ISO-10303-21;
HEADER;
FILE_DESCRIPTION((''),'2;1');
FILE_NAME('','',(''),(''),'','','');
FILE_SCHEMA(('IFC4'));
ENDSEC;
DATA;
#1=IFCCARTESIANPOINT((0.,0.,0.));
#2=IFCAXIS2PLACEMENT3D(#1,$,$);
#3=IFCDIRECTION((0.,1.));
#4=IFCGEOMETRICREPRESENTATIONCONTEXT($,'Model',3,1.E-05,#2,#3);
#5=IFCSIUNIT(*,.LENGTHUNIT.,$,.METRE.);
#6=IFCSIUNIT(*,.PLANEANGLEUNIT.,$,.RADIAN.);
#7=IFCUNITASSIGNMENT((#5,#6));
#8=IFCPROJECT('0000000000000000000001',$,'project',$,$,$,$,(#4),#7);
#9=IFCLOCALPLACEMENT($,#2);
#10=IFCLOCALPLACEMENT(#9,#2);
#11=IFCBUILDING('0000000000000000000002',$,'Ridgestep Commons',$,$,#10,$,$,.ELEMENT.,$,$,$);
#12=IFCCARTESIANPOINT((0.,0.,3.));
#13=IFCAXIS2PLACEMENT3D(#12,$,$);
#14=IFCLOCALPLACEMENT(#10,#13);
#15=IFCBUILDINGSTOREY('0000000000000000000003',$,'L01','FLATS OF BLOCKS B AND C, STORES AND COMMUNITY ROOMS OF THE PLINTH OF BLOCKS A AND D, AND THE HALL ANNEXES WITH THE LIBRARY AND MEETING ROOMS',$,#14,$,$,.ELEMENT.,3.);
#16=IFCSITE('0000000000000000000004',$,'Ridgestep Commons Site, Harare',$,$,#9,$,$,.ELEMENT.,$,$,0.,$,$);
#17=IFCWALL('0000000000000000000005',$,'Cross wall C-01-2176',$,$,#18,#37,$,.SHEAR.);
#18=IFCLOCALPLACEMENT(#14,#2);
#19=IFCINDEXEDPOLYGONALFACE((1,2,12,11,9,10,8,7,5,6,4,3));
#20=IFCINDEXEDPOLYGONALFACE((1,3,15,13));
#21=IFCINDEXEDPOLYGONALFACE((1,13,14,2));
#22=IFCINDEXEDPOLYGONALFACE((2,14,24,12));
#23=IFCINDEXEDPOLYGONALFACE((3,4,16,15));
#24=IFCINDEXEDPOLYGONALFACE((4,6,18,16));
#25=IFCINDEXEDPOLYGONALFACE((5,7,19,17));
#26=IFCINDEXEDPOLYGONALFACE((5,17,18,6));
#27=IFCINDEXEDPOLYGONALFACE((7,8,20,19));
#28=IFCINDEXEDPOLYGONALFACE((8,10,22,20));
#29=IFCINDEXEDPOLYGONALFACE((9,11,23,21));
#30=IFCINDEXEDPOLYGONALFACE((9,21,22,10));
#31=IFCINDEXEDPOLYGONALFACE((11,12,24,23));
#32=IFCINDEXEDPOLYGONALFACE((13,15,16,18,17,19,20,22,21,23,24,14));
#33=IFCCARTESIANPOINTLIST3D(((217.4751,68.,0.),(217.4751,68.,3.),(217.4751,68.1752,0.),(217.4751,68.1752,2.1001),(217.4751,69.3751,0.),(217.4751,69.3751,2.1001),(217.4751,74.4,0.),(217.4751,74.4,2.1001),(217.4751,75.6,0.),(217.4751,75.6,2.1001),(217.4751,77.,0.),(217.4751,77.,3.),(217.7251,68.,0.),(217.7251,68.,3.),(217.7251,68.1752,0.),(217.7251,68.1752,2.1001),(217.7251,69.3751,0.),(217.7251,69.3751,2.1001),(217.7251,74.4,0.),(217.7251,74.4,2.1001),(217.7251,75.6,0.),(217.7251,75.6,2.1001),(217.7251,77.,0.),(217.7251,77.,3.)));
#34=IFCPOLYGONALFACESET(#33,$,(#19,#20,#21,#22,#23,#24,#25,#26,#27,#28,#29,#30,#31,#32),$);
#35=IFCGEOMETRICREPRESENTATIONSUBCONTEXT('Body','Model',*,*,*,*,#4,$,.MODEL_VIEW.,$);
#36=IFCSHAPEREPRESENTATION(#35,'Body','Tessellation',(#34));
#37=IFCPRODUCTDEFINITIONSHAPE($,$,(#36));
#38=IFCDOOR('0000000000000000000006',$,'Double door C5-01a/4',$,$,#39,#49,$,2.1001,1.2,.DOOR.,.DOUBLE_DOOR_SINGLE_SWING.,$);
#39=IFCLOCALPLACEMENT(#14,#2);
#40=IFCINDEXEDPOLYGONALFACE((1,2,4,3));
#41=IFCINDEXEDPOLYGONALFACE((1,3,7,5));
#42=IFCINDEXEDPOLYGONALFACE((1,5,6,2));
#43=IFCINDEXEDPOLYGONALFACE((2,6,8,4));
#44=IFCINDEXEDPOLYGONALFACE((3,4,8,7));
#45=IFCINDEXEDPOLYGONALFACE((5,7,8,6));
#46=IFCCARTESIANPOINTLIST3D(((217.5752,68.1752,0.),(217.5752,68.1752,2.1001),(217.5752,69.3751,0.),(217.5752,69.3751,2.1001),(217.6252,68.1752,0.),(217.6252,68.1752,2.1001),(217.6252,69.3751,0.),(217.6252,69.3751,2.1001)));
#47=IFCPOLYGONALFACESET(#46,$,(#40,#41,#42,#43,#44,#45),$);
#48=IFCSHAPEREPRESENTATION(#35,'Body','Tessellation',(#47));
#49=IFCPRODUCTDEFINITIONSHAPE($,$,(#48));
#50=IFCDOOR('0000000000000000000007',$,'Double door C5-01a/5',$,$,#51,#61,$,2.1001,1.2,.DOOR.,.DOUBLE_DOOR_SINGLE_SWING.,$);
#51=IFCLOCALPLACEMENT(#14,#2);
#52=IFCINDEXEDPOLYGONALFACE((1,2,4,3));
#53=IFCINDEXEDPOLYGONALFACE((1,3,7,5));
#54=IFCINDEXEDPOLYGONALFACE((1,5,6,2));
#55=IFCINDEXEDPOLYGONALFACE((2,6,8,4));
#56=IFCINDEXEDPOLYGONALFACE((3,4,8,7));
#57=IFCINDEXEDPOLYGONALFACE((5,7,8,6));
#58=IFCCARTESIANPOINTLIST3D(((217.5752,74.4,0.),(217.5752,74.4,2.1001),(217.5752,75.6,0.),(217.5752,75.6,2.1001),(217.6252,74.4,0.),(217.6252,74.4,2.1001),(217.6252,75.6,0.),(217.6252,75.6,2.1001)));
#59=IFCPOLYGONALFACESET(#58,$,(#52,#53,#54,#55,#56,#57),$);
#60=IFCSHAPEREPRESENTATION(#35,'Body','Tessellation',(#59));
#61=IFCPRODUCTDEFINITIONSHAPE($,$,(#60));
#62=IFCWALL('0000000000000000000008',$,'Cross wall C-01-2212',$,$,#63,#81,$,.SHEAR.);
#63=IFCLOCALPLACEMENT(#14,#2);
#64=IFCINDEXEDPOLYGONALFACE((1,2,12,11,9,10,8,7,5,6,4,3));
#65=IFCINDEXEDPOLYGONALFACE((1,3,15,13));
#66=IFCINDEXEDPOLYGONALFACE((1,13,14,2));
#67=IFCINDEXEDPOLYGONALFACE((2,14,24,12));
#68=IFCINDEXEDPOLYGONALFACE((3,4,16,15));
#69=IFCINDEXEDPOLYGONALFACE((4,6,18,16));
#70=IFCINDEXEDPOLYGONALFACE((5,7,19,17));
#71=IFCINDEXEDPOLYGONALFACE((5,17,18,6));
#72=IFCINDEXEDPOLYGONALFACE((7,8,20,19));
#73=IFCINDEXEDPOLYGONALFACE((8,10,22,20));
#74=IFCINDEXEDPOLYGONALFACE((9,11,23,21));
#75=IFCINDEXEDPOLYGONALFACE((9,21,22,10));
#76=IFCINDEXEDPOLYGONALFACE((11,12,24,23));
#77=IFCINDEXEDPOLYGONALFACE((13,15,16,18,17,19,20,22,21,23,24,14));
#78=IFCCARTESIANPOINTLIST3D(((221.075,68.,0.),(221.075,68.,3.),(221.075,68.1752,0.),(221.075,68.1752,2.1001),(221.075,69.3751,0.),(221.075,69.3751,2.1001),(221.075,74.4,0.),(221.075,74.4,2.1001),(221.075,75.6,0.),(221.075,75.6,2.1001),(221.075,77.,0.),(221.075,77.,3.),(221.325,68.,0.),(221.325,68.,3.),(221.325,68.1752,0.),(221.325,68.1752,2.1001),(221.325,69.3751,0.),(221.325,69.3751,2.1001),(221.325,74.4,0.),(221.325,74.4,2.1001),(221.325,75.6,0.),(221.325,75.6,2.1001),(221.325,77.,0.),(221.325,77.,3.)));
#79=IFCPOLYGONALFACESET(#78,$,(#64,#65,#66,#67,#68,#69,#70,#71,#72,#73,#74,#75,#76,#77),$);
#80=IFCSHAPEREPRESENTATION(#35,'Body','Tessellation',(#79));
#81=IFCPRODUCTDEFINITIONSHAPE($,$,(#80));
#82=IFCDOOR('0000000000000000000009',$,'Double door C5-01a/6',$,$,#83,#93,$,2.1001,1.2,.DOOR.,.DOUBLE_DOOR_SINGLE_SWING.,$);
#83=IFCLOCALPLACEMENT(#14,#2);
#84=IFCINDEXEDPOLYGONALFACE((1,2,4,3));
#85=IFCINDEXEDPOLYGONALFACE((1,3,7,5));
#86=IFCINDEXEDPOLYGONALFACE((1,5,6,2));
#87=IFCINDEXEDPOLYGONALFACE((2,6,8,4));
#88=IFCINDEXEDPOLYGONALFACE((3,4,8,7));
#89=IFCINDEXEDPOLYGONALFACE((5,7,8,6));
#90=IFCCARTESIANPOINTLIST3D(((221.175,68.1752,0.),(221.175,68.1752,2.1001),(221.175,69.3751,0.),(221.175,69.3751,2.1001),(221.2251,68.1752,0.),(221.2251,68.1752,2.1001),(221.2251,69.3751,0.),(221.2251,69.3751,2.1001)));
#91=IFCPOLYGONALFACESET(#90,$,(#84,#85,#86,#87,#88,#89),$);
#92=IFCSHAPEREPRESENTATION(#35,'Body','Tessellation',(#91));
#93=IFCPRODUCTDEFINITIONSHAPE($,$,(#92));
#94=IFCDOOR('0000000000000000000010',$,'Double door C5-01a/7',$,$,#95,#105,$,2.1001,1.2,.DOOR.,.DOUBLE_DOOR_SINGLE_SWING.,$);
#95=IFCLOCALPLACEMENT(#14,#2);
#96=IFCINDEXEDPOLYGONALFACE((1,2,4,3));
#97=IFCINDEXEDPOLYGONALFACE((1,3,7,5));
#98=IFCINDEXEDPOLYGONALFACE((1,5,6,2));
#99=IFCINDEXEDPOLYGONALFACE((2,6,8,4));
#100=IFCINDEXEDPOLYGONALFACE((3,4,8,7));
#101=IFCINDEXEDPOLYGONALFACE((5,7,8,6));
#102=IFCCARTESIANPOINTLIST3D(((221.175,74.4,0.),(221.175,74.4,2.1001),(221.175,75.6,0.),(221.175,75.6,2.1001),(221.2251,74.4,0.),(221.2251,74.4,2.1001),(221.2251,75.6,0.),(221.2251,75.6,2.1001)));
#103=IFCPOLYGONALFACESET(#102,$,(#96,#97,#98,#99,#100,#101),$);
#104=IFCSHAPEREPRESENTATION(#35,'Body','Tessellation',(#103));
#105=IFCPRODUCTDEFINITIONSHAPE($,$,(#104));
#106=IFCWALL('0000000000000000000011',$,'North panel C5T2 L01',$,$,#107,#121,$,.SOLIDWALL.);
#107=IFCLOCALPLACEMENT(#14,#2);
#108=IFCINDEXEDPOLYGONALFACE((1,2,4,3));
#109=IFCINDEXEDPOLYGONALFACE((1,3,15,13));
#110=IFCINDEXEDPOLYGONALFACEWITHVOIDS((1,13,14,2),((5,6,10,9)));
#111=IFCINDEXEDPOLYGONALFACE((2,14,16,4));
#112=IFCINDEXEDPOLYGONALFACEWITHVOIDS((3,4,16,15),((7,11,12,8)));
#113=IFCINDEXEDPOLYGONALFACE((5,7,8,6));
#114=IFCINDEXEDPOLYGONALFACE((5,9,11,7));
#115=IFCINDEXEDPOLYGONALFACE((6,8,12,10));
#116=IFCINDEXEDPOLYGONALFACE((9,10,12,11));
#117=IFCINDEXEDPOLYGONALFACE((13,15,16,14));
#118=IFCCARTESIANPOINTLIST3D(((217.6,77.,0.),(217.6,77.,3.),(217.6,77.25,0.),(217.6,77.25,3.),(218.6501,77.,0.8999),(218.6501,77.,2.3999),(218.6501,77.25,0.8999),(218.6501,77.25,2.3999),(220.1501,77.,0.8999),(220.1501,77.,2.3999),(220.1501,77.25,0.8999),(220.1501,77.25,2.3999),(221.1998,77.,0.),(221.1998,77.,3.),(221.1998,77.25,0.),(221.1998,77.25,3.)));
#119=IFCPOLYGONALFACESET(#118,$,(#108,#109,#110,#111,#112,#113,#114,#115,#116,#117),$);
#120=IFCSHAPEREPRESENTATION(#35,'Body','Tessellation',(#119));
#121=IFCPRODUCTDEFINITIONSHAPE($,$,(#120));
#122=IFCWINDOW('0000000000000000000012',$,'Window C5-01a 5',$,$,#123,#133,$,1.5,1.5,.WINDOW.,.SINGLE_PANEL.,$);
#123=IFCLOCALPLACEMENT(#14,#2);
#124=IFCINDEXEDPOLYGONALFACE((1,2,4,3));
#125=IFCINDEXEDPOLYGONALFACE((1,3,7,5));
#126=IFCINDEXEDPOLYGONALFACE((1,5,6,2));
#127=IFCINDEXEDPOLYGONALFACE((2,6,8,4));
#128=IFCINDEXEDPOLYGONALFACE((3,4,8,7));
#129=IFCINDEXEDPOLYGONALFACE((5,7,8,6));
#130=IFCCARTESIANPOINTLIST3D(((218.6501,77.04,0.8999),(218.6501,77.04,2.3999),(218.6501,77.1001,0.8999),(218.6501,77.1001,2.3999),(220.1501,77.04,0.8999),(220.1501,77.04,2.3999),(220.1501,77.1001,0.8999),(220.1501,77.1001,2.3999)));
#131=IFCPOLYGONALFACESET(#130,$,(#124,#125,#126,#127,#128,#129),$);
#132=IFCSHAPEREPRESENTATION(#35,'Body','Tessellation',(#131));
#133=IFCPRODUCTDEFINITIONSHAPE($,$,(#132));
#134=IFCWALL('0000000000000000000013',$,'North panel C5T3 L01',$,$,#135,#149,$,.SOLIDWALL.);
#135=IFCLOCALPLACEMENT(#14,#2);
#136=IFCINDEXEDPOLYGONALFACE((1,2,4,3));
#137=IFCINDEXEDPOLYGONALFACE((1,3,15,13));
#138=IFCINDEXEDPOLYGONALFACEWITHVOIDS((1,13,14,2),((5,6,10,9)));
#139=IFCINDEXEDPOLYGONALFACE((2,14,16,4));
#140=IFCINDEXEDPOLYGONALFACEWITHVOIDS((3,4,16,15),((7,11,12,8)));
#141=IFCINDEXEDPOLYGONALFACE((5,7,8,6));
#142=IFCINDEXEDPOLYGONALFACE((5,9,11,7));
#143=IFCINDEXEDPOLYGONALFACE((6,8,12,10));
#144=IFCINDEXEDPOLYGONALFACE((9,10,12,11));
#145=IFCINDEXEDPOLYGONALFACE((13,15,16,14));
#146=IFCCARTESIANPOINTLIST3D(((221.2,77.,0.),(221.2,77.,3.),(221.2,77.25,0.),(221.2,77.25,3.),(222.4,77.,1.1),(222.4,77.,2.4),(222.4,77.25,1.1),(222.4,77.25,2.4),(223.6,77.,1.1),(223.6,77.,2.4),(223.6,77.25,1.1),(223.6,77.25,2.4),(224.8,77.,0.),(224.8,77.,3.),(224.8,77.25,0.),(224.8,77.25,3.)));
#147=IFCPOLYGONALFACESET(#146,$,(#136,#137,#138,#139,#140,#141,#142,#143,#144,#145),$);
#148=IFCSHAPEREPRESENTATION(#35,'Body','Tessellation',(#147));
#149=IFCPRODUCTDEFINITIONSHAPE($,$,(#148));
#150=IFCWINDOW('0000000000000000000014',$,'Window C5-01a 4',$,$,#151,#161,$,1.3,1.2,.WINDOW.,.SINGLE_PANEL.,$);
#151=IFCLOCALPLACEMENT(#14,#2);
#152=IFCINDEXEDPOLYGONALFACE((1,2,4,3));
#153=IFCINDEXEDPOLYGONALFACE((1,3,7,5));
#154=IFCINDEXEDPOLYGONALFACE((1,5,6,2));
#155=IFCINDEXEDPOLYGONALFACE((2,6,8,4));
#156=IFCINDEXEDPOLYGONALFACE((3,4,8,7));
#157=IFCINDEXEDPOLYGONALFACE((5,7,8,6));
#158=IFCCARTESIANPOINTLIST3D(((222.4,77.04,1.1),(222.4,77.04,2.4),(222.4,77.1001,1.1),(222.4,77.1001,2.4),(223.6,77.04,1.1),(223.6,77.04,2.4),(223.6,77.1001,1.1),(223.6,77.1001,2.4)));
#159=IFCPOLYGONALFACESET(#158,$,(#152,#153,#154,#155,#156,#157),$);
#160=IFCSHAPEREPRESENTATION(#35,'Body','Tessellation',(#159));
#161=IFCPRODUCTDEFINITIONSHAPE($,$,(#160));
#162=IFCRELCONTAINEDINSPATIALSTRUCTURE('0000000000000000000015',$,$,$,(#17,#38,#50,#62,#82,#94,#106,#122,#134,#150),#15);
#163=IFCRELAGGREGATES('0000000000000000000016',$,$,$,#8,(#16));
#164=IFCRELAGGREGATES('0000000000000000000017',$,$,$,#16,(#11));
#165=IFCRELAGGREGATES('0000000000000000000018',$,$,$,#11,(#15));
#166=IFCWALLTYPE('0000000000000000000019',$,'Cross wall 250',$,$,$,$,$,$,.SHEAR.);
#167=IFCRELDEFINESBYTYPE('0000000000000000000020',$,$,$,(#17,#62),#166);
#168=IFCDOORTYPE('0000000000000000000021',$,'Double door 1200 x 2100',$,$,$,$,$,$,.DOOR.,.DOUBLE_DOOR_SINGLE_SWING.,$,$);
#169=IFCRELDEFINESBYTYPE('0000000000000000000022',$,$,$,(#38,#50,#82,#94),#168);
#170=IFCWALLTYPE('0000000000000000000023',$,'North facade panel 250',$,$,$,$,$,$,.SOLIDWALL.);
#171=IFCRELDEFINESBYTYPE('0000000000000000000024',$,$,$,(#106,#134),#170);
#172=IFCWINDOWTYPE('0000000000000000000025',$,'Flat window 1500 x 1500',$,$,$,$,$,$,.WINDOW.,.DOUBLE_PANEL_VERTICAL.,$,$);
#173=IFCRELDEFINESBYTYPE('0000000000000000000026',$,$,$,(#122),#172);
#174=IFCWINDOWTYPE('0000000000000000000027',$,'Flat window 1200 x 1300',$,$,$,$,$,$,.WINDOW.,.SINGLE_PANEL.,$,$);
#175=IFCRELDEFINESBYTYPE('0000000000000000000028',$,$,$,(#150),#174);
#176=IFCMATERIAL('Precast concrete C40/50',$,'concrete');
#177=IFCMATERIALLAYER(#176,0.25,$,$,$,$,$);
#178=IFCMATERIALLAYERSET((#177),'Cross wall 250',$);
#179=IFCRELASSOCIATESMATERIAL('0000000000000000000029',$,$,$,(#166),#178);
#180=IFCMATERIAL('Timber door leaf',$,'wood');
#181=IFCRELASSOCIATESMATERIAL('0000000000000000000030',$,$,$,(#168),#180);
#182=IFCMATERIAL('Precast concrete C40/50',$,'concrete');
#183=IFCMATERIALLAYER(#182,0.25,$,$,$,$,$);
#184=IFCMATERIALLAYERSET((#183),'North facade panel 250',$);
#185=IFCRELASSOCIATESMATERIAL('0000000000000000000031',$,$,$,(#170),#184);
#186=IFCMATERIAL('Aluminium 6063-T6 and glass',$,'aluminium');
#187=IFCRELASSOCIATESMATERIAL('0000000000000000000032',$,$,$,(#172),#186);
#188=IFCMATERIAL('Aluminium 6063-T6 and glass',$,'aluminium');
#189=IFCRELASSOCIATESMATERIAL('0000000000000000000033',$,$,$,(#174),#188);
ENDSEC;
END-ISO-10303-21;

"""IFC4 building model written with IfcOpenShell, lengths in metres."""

from ifc_helpers import new_model, si_unit, direction, frame, frame_2d, origin, place, context, subcontext, project, spatial, rectangle, extrude, material, layer, layer_set, type_object, element, fill, save


model = new_model("IFC4")

# Units and contexts
model_context = context("Model", 3, precision=1e-05, world=origin(), true_north=direction((0.0, 1.0)))
body_context = subcontext(model_context, "Body", "Model", "MODEL_VIEW")
ifc_project = project(units=[si_unit("LENGTHUNIT", "METRE"), si_unit("PLANEANGLEUNIT", "RADIAN")], contexts=[model_context])

# Site, building, storey
site_placement = place(None, origin())
site = spatial("IfcSite", under=ifc_project, at=site_placement, Name="Ridgestep Commons Site, Harare", CompositionType="ELEMENT", RefElevation=0.0)
building_placement = place(site_placement, origin())
building = spatial("IfcBuilding", under=site, at=building_placement, Name="Ridgestep Commons", CompositionType="ELEMENT")
storey_placement = place(building_placement, frame((0.0, 0.0, 3.0)))
storey = spatial("IfcBuildingStorey", under=building, at=storey_placement, Name="L01", Description="FLATS OF BLOCKS B AND C, STORES AND COMMUNITY ROOMS OF THE PLINTH OF BLOCKS A AND D, AND THE HALL ANNEXES WITH THE LIBRARY AND MEETING ROOMS", CompositionType="ELEMENT", Elevation=3.0)

# Walls, openings, doors
ifc_material_1 = material(Name="Precast concrete C40/50", Category="concrete")
ifc_layer_1 = layer(ifc_material_1, 0.25)
ifc_layer_set_1 = layer_set([ifc_layer_1], Name="Cross wall 250")
wall_type_1 = type_object("IfcWallType", Name="Cross wall 250", PredefinedType="SHEAR", material=ifc_layer_set_1)
wall_1_placement = place(storey_placement, frame((217.6001, 68.0, 0.0), z_axis=(0.0, 0.0, 1.0), x_axis=(0.0, 1.0, 0.0)))
wall_1 = element("IfcWall", 1, at=wall_1_placement, inside=storey, type_object=wall_type_1, Name="Cross wall C-01-2176", PredefinedType="SHEAR", context=body_context, shape_type="SweptSolid", body=[
    extrude(rectangle(XDim=9.0, YDim=0.25, at=frame_2d((4.5, 0.0))), origin(), (0.0, 0.0, 1.0), 3.0),
])
opening_1_placement = place(wall_1_placement, frame((0.175, 0.0, 0.0)))
opening_1 = element("IfcOpeningElement", 2, at=opening_1_placement, cuts=wall_1, PredefinedType="OPENING", context=body_context, shape_type="SweptSolid", body=[
    extrude(rectangle(XDim=1.2, YDim=2.1001, at=frame_2d((0.6001, 1.05))), frame((0.0, 0.135, 0.0), z_axis=(0.0, -1.0, 0.0), x_axis=(1.0, 0.0, 0.0)), (0.0, 0.0, 1.0), 0.27),
])
opening_2_placement = place(wall_1_placement, frame((6.3999, 0.0, 0.0)))
opening_2 = element("IfcOpeningElement", 3, at=opening_2_placement, cuts=wall_1, PredefinedType="OPENING", context=body_context, shape_type="SweptSolid", body=[
    extrude(rectangle(XDim=1.2, YDim=2.1001, at=frame_2d((0.6001, 1.05))), frame((0.0, 0.135, 0.0), z_axis=(0.0, -1.0, 0.0), x_axis=(1.0, 0.0, 0.0)), (0.0, 0.0, 1.0), 0.27),
])
ifc_material_2 = material(Name="Timber door leaf", Category="wood")
door_type_1 = type_object("IfcDoorType", Name="Double door 1200 x 2100", OperationType="DOUBLE_DOOR_SINGLE_SWING", PredefinedType="DOOR", material=ifc_material_2)
door_1_placement = place(opening_1_placement, origin())
door_1 = element("IfcDoor", 4, at=door_1_placement, inside=storey, type_object=door_type_1, Name="Double door C5-01a/4", OperationType="DOUBLE_DOOR_SINGLE_SWING", OverallHeight=2.1001, OverallWidth=1.2, PredefinedType="DOOR", context=body_context, shape_type="SweptSolid", body=[
    extrude(rectangle(XDim=1.2, YDim=2.1001, at=frame_2d((0.6001, 1.05))), frame((0.0, 0.0249, 0.0), z_axis=(0.0, -1.0, 0.0), x_axis=(1.0, 0.0, 0.0)), (0.0, 0.0, 1.0), 0.05),
])
fill(opening_1, door_1)
door_2_placement = place(opening_2_placement, origin())
door_2 = element("IfcDoor", 5, at=door_2_placement, inside=storey, type_object=door_type_1, Name="Double door C5-01a/5", OperationType="DOUBLE_DOOR_SINGLE_SWING", OverallHeight=2.1001, OverallWidth=1.2, PredefinedType="DOOR", context=body_context, shape_type="SweptSolid", body=[
    extrude(rectangle(XDim=1.2, YDim=2.1001, at=frame_2d((0.6001, 1.05))), frame((0.0, 0.0249, 0.0), z_axis=(0.0, -1.0, 0.0), x_axis=(1.0, 0.0, 0.0)), (0.0, 0.0, 1.0), 0.05),
])
fill(opening_2, door_2)
wall_2_placement = place(storey_placement, frame((221.2, 68.0, 0.0), z_axis=(0.0, 0.0, 1.0), x_axis=(0.0, 1.0, 0.0)))
wall_2 = element("IfcWall", 6, at=wall_2_placement, inside=storey, type_object=wall_type_1, Name="Cross wall C-01-2212", PredefinedType="SHEAR", context=body_context, shape_type="SweptSolid", body=[
    extrude(rectangle(XDim=9.0, YDim=0.25, at=frame_2d((4.5, 0.0))), origin(), (0.0, 0.0, 1.0), 3.0),
])
opening_3_placement = place(wall_2_placement, frame((0.175, 0.0, 0.0)))
opening_3 = element("IfcOpeningElement", 7, at=opening_3_placement, cuts=wall_2, PredefinedType="OPENING", context=body_context, shape_type="SweptSolid", body=[
    extrude(rectangle(XDim=1.2, YDim=2.1001, at=frame_2d((0.6001, 1.05))), frame((0.0, 0.135, 0.0), z_axis=(0.0, -1.0, 0.0), x_axis=(1.0, 0.0, 0.0)), (0.0, 0.0, 1.0), 0.27),
])
opening_4_placement = place(wall_2_placement, frame((6.3999, 0.0, 0.0)))
opening_4 = element("IfcOpeningElement", 8, at=opening_4_placement, cuts=wall_2, PredefinedType="OPENING", context=body_context, shape_type="SweptSolid", body=[
    extrude(rectangle(XDim=1.2, YDim=2.1001, at=frame_2d((0.6001, 1.05))), frame((0.0, 0.135, 0.0), z_axis=(0.0, -1.0, 0.0), x_axis=(1.0, 0.0, 0.0)), (0.0, 0.0, 1.0), 0.27),
])
door_3_placement = place(opening_3_placement, origin())
door_3 = element("IfcDoor", 9, at=door_3_placement, inside=storey, type_object=door_type_1, Name="Double door C5-01a/6", OperationType="DOUBLE_DOOR_SINGLE_SWING", OverallHeight=2.1001, OverallWidth=1.2, PredefinedType="DOOR", context=body_context, shape_type="SweptSolid", body=[
    extrude(rectangle(XDim=1.2, YDim=2.1001, at=frame_2d((0.6001, 1.05))), frame((0.0, 0.0249, 0.0), z_axis=(0.0, -1.0, 0.0), x_axis=(1.0, 0.0, 0.0)), (0.0, 0.0, 1.0), 0.05),
])
fill(opening_3, door_3)
door_4_placement = place(opening_4_placement, origin())
door_4 = element("IfcDoor", 10, at=door_4_placement, inside=storey, type_object=door_type_1, Name="Double door C5-01a/7", OperationType="DOUBLE_DOOR_SINGLE_SWING", OverallHeight=2.1001, OverallWidth=1.2, PredefinedType="DOOR", context=body_context, shape_type="SweptSolid", body=[
    extrude(rectangle(XDim=1.2, YDim=2.1001, at=frame_2d((0.6001, 1.05))), frame((0.0, 0.0249, 0.0), z_axis=(0.0, -1.0, 0.0), x_axis=(1.0, 0.0, 0.0)), (0.0, 0.0, 1.0), 0.05),
])
fill(opening_4, door_4)

# Walls, openings, windows
ifc_material_3 = material(Name="Precast concrete C40/50", Category="concrete")
ifc_layer_2 = layer(ifc_material_3, 0.25)
ifc_layer_set_2 = layer_set([ifc_layer_2], Name="North facade panel 250")
wall_type_2 = type_object("IfcWallType", Name="North facade panel 250", PredefinedType="SOLIDWALL", material=ifc_layer_set_2)
wall_3_placement = place(storey_placement, frame((217.6001, 77.125, 0.0), z_axis=(0.0, 0.0, 1.0), x_axis=(1.0, 0.0, 0.0)))
wall_3 = element("IfcWall", 11, at=wall_3_placement, inside=storey, type_object=wall_type_2, Name="North panel C5T2 L01", PredefinedType="SOLIDWALL", context=body_context, shape_type="SweptSolid", body=[
    extrude(rectangle(XDim=3.5999, YDim=0.25, at=frame_2d((1.7998, 0.0))), origin(), (0.0, 0.0, 1.0), 3.0),
])
opening_5_placement = place(wall_3_placement, frame((1.05, 0.0, 0.8999)))
opening_5 = element("IfcOpeningElement", 12, at=opening_5_placement, cuts=wall_3, PredefinedType="OPENING", context=body_context, shape_type="SweptSolid", body=[
    extrude(rectangle(XDim=1.5, YDim=1.5, at=frame_2d((0.75, 0.75))), frame((0.0, 0.135, 0.0), z_axis=(0.0, -1.0, 0.0), x_axis=(1.0, 0.0, 0.0)), (0.0, 0.0, 1.0), 0.27),
])
ifc_material_4 = material(Name="Aluminium 6063-T6 and glass", Category="aluminium")
window_type_1 = type_object("IfcWindowType", Name="Flat window 1500 x 1500", PartitioningType="DOUBLE_PANEL_VERTICAL", PredefinedType="WINDOW", material=ifc_material_4)
window_1_placement = place(opening_5_placement, origin())
window_1 = element("IfcWindow", 13, at=window_1_placement, inside=storey, type_object=window_type_1, Name="Window C5-01a 5", OverallHeight=1.5, OverallWidth=1.5, PartitioningType="SINGLE_PANEL", PredefinedType="WINDOW", context=body_context, shape_type="SweptSolid", body=[
    extrude(rectangle(XDim=1.5, YDim=1.5, at=frame_2d((0.75, 0.75))), frame((0.0, -0.0249, 0.0), z_axis=(0.0, -1.0, 0.0), x_axis=(1.0, 0.0, 0.0)), (0.0, 0.0, 1.0), 0.0601),
])
fill(opening_5, window_1)
wall_4_placement = place(storey_placement, frame((221.2, 77.125, 0.0), z_axis=(0.0, 0.0, 1.0), x_axis=(1.0, 0.0, 0.0)))
wall_4 = element("IfcWall", 14, at=wall_4_placement, inside=storey, type_object=wall_type_2, Name="North panel C5T3 L01", PredefinedType="SOLIDWALL", context=body_context, shape_type="SweptSolid", body=[
    extrude(rectangle(XDim=3.6001, YDim=0.25, at=frame_2d((1.8, 0.0))), origin(), (0.0, 0.0, 1.0), 3.0),
])
opening_6_placement = place(wall_4_placement, frame((1.2, 0.0, 1.1001)))
opening_6 = element("IfcOpeningElement", 15, at=opening_6_placement, cuts=wall_4, PredefinedType="OPENING", context=body_context, shape_type="SweptSolid", body=[
    extrude(rectangle(XDim=1.2, YDim=1.3, at=frame_2d((0.6001, 0.6499))), frame((0.0, 0.135, 0.0), z_axis=(0.0, -1.0, 0.0), x_axis=(1.0, 0.0, 0.0)), (0.0, 0.0, 1.0), 0.27),
])
ifc_material_5 = material(Name="Aluminium 6063-T6 and glass", Category="aluminium")
window_type_2 = type_object("IfcWindowType", Name="Flat window 1200 x 1300", PartitioningType="SINGLE_PANEL", PredefinedType="WINDOW", material=ifc_material_5)
window_2_placement = place(opening_6_placement, origin())
window_2 = element("IfcWindow", 16, at=window_2_placement, inside=storey, type_object=window_type_2, Name="Window C5-01a 4", OverallHeight=1.3, OverallWidth=1.2, PartitioningType="SINGLE_PANEL", PredefinedType="WINDOW", context=body_context, shape_type="SweptSolid", body=[
    extrude(rectangle(XDim=1.2, YDim=1.3, at=frame_2d((0.6001, 0.6499))), frame((0.0, -0.0249, 0.0), z_axis=(0.0, -1.0, 0.0), x_axis=(1.0, 0.0, 0.0)), (0.0, 0.0, 1.0), 0.0601),
])
fill(opening_6, window_2)

save(model, "model.ifc")
